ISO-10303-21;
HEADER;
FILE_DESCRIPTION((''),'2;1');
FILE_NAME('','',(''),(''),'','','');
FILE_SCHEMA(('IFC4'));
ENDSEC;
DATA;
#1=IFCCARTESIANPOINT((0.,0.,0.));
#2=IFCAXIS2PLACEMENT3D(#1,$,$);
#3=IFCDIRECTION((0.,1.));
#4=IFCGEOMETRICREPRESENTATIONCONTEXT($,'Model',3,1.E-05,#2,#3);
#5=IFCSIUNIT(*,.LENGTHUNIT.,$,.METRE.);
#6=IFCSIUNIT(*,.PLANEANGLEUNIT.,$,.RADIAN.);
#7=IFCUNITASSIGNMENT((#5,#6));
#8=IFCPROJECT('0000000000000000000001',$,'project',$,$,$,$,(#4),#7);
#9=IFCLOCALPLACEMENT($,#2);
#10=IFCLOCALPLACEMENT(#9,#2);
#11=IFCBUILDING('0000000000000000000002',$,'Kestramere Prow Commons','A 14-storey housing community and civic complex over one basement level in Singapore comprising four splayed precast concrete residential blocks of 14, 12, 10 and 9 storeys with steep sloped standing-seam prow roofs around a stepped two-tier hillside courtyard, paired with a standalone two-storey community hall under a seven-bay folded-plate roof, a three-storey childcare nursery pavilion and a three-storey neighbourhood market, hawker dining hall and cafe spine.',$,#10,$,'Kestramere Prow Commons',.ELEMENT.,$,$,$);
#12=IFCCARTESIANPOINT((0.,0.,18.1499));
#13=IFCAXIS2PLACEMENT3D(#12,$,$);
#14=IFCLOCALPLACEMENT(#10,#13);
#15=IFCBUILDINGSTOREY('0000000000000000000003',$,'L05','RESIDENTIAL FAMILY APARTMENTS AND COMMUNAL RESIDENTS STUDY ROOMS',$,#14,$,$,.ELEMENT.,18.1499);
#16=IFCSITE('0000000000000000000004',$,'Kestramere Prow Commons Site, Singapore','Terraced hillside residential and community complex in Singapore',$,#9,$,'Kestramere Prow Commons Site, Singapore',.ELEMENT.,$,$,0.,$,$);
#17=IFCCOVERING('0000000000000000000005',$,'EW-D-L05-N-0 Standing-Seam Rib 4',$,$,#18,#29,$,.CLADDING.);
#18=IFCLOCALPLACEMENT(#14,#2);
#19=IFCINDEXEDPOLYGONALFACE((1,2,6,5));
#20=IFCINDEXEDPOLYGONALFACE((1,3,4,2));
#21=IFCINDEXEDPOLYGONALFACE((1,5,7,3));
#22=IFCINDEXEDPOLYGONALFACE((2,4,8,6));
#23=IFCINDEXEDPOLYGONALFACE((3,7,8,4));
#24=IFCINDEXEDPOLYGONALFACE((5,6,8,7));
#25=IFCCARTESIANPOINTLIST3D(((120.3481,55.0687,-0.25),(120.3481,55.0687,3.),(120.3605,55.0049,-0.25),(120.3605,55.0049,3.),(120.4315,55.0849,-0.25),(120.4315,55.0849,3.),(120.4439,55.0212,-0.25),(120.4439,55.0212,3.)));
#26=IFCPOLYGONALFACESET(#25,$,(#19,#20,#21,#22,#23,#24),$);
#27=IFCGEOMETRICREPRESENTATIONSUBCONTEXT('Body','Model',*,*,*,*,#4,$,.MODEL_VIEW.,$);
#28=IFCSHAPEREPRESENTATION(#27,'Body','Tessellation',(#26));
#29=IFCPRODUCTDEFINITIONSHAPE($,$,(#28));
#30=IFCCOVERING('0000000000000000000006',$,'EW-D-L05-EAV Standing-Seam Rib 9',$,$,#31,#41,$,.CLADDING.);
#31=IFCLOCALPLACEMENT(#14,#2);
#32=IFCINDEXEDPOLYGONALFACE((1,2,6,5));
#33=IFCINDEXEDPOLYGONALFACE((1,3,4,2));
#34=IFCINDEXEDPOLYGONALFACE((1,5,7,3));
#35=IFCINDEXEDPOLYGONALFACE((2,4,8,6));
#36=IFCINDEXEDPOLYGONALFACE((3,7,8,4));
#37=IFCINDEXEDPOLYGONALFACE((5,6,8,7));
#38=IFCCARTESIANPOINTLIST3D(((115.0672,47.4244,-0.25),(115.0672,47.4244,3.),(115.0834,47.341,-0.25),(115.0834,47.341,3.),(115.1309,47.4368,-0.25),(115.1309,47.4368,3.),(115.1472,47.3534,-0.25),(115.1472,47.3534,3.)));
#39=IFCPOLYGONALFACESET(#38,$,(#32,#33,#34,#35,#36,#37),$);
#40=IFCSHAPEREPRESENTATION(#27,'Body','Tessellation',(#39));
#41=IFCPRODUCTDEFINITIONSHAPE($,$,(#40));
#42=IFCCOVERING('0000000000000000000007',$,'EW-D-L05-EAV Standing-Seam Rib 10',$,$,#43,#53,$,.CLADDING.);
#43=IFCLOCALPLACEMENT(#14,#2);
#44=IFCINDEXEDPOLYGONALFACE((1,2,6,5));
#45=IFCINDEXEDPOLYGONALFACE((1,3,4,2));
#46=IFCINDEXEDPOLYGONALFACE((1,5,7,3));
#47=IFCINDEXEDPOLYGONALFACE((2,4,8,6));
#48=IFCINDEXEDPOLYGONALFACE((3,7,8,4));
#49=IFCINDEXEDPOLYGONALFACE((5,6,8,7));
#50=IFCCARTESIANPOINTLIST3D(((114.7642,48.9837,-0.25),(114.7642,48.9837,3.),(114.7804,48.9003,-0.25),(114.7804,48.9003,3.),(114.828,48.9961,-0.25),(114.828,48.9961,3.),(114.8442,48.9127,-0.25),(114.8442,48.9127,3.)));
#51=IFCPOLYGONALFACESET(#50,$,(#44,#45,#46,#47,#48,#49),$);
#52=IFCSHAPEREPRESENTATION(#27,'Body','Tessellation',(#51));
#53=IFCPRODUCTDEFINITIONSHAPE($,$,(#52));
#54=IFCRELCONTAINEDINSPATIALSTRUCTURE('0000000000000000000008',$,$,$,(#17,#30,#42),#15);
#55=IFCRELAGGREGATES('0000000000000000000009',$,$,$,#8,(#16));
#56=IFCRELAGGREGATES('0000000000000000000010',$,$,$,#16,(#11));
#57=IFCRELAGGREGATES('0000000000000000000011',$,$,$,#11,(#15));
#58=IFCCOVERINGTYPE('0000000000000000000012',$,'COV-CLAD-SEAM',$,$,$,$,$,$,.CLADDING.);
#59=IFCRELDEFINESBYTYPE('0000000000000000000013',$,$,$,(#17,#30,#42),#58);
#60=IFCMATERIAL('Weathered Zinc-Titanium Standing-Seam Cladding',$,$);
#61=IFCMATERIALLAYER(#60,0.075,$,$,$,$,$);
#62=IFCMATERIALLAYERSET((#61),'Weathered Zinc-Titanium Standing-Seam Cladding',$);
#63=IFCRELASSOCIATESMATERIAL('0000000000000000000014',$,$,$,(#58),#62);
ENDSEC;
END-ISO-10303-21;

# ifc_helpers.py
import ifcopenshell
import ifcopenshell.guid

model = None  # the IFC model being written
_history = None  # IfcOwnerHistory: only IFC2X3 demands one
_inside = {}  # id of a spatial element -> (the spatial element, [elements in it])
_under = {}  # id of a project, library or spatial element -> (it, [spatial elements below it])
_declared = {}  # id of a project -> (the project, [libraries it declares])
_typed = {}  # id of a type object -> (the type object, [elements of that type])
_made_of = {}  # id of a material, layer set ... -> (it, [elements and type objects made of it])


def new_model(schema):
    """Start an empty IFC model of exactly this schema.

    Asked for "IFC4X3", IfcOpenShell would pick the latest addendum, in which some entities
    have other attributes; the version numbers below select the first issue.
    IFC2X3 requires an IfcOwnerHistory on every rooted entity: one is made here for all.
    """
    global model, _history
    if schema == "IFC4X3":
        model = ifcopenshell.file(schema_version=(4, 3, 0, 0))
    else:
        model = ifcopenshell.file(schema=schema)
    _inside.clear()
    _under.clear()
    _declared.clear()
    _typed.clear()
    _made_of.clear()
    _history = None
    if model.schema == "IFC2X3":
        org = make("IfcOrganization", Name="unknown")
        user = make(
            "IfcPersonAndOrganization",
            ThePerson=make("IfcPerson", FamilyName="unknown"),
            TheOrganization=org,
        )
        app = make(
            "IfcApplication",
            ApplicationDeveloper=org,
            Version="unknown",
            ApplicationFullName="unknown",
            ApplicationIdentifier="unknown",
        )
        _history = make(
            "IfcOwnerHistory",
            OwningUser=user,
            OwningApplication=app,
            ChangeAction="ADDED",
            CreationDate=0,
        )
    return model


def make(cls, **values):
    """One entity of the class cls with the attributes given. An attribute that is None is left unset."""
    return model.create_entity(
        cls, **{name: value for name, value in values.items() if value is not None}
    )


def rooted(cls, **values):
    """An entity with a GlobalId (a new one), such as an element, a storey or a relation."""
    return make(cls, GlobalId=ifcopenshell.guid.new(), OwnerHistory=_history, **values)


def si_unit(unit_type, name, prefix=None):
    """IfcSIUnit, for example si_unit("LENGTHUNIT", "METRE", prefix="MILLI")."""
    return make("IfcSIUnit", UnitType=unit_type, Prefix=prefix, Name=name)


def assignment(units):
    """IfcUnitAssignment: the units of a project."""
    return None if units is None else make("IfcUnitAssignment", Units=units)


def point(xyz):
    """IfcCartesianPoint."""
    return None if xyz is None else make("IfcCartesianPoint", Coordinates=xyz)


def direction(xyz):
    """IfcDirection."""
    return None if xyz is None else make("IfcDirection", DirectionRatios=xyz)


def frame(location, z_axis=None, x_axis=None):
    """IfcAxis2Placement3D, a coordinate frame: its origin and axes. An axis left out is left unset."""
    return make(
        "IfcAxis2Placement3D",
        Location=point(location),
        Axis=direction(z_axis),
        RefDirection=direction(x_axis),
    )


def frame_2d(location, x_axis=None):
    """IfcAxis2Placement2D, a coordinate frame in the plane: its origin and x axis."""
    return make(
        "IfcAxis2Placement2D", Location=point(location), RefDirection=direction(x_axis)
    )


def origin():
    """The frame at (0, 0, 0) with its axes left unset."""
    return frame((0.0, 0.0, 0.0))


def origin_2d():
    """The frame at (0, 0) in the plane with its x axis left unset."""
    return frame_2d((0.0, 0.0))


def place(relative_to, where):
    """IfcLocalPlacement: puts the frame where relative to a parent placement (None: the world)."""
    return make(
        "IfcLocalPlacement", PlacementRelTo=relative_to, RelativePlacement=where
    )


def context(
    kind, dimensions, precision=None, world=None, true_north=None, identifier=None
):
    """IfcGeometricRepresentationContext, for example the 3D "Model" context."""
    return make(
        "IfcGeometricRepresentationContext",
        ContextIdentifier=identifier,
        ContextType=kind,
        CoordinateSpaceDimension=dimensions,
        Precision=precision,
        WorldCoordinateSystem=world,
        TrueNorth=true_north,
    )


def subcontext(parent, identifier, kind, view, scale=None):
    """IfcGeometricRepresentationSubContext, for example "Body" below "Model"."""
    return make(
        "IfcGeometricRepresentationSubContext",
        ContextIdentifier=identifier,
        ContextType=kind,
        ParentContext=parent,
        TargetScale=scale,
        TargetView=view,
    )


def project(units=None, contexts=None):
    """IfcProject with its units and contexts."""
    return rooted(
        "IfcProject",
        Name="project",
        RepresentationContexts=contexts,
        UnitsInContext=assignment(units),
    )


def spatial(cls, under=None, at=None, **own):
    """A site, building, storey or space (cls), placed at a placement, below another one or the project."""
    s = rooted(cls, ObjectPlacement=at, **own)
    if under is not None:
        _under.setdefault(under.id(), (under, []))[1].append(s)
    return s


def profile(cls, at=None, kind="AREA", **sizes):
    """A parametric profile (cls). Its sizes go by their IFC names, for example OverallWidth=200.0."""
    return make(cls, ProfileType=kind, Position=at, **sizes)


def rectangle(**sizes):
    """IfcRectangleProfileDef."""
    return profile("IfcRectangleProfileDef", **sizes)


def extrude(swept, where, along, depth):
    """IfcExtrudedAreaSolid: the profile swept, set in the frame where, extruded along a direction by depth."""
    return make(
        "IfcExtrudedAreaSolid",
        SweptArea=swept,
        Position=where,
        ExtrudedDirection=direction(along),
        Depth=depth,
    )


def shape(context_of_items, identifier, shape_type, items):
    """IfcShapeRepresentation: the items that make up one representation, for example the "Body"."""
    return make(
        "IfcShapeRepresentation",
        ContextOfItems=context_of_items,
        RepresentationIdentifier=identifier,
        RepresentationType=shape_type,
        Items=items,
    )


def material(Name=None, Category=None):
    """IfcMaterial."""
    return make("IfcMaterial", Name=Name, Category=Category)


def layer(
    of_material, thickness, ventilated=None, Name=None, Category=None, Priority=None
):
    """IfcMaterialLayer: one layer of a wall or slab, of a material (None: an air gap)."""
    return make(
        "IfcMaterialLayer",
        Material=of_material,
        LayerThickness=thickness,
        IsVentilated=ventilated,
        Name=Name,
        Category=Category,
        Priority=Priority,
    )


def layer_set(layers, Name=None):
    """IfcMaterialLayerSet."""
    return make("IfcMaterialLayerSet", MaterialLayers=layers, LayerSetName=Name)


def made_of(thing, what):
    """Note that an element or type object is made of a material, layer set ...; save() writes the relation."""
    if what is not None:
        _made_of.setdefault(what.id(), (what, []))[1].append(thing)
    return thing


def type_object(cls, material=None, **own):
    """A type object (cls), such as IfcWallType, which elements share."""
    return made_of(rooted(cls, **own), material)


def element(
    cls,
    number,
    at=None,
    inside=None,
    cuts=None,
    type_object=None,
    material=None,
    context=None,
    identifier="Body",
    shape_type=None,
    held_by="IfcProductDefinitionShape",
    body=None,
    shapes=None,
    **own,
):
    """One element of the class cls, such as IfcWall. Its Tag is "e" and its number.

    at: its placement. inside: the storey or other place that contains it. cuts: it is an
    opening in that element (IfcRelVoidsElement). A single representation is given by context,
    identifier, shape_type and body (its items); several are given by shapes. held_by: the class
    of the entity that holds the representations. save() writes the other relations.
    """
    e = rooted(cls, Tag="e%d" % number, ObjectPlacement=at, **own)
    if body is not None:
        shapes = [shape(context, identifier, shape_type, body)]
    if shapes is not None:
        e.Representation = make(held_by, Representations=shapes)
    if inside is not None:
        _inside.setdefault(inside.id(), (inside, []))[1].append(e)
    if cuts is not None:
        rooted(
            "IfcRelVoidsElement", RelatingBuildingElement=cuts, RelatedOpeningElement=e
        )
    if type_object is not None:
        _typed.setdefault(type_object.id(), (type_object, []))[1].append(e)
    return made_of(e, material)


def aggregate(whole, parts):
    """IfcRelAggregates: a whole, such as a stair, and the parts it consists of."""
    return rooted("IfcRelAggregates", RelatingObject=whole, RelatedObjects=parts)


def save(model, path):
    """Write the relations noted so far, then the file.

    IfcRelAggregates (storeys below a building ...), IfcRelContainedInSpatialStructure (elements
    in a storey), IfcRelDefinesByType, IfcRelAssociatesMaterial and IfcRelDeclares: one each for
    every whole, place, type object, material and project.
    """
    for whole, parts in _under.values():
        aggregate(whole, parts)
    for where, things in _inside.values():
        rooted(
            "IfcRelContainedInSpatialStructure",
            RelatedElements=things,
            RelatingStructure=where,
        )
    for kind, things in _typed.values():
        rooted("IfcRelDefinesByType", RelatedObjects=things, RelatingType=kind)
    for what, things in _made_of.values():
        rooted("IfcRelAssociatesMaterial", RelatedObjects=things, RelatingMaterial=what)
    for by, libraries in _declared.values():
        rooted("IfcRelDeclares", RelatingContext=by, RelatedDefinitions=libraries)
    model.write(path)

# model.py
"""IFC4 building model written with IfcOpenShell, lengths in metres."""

from ifc_helpers import new_model, si_unit, direction, frame, origin, origin_2d, place, context, subcontext, project, spatial, rectangle, extrude, material, layer, layer_set, type_object, element, save


model = new_model("IFC4")

# Units and contexts
model_context = context("Model", 3, precision=1e-05, world=origin(), true_north=direction((0.0, 1.0)))
body_context = subcontext(model_context, "Body", "Model", "MODEL_VIEW")
ifc_project = project(units=[si_unit("LENGTHUNIT", "METRE"), si_unit("PLANEANGLEUNIT", "RADIAN")], contexts=[model_context])

# Site, building, storey
site_placement = place(None, origin())
site = spatial("IfcSite", under=ifc_project, at=site_placement, Name="Kestramere Prow Commons Site, Singapore", Description="Terraced hillside residential and community complex in Singapore", LongName="Kestramere Prow Commons Site, Singapore", CompositionType="ELEMENT", RefElevation=0.0)
building_placement = place(site_placement, origin())
building = spatial("IfcBuilding", under=site, at=building_placement, Name="Kestramere Prow Commons", Description="A 14-storey housing community and civic complex over one basement level in Singapore comprising four splayed precast concrete residential blocks of 14, 12, 10 and 9 storeys with steep sloped standing-seam prow roofs around a stepped two-tier hillside courtyard, paired with a standalone two-storey community hall under a seven-bay folded-plate roof, a three-storey childcare nursery pavilion and a three-storey neighbourhood market, hawker dining hall and cafe spine.", LongName="Kestramere Prow Commons", CompositionType="ELEMENT")
storey_placement = place(building_placement, frame((0.0, 0.0, 18.1499)))
storey = spatial("IfcBuildingStorey", under=building, at=storey_placement, Name="L05", Description="RESIDENTIAL FAMILY APARTMENTS AND COMMUNAL RESIDENTS STUDY ROOMS", CompositionType="ELEMENT", Elevation=18.1499)

# Coverings
ifc_material_1 = material(Name="Weathered Zinc-Titanium Standing-Seam Cladding")
ifc_layer_1 = layer(ifc_material_1, 0.075)
ifc_layer_set_1 = layer_set([ifc_layer_1], Name="Weathered Zinc-Titanium Standing-Seam Cladding")
covering_type = type_object("IfcCoveringType", Name="COV-CLAD-SEAM", PredefinedType="CLADDING", material=ifc_layer_set_1)
for number, where, z_axis, x_axis, name in (
    (1, (120.396, 55.0449, -0.25), (0.0, 0.0, 1.0), (0.981627, 0.190809, 0.0), "EW-D-L05-N-0 Standing-Seam Rib 4"),
    (2, (115.1072, 47.3889, -0.25), (0.0, 0.0, 1.0), (-0.190809, 0.981627, 0.0), "EW-D-L05-EAV Standing-Seam Rib 9"),
    (3, (114.8042, 48.9482, -0.25), (0.0, 0.0, 1.0), (-0.190809, 0.981627, 0.0), "EW-D-L05-EAV Standing-Seam Rib 10"),
):
    element("IfcCovering", number, at=place(storey_placement, frame(where, z_axis=z_axis, x_axis=x_axis)), inside=storey, type_object=covering_type, Name=name, PredefinedType="CLADDING", context=body_context, shape_type="SweptSolid", body=[
        extrude(rectangle(XDim=0.085, YDim=0.0649, at=origin_2d()), origin(), (0.0, 0.0, 1.0), 3.25),
    ])

save(model, "model.ifc")
